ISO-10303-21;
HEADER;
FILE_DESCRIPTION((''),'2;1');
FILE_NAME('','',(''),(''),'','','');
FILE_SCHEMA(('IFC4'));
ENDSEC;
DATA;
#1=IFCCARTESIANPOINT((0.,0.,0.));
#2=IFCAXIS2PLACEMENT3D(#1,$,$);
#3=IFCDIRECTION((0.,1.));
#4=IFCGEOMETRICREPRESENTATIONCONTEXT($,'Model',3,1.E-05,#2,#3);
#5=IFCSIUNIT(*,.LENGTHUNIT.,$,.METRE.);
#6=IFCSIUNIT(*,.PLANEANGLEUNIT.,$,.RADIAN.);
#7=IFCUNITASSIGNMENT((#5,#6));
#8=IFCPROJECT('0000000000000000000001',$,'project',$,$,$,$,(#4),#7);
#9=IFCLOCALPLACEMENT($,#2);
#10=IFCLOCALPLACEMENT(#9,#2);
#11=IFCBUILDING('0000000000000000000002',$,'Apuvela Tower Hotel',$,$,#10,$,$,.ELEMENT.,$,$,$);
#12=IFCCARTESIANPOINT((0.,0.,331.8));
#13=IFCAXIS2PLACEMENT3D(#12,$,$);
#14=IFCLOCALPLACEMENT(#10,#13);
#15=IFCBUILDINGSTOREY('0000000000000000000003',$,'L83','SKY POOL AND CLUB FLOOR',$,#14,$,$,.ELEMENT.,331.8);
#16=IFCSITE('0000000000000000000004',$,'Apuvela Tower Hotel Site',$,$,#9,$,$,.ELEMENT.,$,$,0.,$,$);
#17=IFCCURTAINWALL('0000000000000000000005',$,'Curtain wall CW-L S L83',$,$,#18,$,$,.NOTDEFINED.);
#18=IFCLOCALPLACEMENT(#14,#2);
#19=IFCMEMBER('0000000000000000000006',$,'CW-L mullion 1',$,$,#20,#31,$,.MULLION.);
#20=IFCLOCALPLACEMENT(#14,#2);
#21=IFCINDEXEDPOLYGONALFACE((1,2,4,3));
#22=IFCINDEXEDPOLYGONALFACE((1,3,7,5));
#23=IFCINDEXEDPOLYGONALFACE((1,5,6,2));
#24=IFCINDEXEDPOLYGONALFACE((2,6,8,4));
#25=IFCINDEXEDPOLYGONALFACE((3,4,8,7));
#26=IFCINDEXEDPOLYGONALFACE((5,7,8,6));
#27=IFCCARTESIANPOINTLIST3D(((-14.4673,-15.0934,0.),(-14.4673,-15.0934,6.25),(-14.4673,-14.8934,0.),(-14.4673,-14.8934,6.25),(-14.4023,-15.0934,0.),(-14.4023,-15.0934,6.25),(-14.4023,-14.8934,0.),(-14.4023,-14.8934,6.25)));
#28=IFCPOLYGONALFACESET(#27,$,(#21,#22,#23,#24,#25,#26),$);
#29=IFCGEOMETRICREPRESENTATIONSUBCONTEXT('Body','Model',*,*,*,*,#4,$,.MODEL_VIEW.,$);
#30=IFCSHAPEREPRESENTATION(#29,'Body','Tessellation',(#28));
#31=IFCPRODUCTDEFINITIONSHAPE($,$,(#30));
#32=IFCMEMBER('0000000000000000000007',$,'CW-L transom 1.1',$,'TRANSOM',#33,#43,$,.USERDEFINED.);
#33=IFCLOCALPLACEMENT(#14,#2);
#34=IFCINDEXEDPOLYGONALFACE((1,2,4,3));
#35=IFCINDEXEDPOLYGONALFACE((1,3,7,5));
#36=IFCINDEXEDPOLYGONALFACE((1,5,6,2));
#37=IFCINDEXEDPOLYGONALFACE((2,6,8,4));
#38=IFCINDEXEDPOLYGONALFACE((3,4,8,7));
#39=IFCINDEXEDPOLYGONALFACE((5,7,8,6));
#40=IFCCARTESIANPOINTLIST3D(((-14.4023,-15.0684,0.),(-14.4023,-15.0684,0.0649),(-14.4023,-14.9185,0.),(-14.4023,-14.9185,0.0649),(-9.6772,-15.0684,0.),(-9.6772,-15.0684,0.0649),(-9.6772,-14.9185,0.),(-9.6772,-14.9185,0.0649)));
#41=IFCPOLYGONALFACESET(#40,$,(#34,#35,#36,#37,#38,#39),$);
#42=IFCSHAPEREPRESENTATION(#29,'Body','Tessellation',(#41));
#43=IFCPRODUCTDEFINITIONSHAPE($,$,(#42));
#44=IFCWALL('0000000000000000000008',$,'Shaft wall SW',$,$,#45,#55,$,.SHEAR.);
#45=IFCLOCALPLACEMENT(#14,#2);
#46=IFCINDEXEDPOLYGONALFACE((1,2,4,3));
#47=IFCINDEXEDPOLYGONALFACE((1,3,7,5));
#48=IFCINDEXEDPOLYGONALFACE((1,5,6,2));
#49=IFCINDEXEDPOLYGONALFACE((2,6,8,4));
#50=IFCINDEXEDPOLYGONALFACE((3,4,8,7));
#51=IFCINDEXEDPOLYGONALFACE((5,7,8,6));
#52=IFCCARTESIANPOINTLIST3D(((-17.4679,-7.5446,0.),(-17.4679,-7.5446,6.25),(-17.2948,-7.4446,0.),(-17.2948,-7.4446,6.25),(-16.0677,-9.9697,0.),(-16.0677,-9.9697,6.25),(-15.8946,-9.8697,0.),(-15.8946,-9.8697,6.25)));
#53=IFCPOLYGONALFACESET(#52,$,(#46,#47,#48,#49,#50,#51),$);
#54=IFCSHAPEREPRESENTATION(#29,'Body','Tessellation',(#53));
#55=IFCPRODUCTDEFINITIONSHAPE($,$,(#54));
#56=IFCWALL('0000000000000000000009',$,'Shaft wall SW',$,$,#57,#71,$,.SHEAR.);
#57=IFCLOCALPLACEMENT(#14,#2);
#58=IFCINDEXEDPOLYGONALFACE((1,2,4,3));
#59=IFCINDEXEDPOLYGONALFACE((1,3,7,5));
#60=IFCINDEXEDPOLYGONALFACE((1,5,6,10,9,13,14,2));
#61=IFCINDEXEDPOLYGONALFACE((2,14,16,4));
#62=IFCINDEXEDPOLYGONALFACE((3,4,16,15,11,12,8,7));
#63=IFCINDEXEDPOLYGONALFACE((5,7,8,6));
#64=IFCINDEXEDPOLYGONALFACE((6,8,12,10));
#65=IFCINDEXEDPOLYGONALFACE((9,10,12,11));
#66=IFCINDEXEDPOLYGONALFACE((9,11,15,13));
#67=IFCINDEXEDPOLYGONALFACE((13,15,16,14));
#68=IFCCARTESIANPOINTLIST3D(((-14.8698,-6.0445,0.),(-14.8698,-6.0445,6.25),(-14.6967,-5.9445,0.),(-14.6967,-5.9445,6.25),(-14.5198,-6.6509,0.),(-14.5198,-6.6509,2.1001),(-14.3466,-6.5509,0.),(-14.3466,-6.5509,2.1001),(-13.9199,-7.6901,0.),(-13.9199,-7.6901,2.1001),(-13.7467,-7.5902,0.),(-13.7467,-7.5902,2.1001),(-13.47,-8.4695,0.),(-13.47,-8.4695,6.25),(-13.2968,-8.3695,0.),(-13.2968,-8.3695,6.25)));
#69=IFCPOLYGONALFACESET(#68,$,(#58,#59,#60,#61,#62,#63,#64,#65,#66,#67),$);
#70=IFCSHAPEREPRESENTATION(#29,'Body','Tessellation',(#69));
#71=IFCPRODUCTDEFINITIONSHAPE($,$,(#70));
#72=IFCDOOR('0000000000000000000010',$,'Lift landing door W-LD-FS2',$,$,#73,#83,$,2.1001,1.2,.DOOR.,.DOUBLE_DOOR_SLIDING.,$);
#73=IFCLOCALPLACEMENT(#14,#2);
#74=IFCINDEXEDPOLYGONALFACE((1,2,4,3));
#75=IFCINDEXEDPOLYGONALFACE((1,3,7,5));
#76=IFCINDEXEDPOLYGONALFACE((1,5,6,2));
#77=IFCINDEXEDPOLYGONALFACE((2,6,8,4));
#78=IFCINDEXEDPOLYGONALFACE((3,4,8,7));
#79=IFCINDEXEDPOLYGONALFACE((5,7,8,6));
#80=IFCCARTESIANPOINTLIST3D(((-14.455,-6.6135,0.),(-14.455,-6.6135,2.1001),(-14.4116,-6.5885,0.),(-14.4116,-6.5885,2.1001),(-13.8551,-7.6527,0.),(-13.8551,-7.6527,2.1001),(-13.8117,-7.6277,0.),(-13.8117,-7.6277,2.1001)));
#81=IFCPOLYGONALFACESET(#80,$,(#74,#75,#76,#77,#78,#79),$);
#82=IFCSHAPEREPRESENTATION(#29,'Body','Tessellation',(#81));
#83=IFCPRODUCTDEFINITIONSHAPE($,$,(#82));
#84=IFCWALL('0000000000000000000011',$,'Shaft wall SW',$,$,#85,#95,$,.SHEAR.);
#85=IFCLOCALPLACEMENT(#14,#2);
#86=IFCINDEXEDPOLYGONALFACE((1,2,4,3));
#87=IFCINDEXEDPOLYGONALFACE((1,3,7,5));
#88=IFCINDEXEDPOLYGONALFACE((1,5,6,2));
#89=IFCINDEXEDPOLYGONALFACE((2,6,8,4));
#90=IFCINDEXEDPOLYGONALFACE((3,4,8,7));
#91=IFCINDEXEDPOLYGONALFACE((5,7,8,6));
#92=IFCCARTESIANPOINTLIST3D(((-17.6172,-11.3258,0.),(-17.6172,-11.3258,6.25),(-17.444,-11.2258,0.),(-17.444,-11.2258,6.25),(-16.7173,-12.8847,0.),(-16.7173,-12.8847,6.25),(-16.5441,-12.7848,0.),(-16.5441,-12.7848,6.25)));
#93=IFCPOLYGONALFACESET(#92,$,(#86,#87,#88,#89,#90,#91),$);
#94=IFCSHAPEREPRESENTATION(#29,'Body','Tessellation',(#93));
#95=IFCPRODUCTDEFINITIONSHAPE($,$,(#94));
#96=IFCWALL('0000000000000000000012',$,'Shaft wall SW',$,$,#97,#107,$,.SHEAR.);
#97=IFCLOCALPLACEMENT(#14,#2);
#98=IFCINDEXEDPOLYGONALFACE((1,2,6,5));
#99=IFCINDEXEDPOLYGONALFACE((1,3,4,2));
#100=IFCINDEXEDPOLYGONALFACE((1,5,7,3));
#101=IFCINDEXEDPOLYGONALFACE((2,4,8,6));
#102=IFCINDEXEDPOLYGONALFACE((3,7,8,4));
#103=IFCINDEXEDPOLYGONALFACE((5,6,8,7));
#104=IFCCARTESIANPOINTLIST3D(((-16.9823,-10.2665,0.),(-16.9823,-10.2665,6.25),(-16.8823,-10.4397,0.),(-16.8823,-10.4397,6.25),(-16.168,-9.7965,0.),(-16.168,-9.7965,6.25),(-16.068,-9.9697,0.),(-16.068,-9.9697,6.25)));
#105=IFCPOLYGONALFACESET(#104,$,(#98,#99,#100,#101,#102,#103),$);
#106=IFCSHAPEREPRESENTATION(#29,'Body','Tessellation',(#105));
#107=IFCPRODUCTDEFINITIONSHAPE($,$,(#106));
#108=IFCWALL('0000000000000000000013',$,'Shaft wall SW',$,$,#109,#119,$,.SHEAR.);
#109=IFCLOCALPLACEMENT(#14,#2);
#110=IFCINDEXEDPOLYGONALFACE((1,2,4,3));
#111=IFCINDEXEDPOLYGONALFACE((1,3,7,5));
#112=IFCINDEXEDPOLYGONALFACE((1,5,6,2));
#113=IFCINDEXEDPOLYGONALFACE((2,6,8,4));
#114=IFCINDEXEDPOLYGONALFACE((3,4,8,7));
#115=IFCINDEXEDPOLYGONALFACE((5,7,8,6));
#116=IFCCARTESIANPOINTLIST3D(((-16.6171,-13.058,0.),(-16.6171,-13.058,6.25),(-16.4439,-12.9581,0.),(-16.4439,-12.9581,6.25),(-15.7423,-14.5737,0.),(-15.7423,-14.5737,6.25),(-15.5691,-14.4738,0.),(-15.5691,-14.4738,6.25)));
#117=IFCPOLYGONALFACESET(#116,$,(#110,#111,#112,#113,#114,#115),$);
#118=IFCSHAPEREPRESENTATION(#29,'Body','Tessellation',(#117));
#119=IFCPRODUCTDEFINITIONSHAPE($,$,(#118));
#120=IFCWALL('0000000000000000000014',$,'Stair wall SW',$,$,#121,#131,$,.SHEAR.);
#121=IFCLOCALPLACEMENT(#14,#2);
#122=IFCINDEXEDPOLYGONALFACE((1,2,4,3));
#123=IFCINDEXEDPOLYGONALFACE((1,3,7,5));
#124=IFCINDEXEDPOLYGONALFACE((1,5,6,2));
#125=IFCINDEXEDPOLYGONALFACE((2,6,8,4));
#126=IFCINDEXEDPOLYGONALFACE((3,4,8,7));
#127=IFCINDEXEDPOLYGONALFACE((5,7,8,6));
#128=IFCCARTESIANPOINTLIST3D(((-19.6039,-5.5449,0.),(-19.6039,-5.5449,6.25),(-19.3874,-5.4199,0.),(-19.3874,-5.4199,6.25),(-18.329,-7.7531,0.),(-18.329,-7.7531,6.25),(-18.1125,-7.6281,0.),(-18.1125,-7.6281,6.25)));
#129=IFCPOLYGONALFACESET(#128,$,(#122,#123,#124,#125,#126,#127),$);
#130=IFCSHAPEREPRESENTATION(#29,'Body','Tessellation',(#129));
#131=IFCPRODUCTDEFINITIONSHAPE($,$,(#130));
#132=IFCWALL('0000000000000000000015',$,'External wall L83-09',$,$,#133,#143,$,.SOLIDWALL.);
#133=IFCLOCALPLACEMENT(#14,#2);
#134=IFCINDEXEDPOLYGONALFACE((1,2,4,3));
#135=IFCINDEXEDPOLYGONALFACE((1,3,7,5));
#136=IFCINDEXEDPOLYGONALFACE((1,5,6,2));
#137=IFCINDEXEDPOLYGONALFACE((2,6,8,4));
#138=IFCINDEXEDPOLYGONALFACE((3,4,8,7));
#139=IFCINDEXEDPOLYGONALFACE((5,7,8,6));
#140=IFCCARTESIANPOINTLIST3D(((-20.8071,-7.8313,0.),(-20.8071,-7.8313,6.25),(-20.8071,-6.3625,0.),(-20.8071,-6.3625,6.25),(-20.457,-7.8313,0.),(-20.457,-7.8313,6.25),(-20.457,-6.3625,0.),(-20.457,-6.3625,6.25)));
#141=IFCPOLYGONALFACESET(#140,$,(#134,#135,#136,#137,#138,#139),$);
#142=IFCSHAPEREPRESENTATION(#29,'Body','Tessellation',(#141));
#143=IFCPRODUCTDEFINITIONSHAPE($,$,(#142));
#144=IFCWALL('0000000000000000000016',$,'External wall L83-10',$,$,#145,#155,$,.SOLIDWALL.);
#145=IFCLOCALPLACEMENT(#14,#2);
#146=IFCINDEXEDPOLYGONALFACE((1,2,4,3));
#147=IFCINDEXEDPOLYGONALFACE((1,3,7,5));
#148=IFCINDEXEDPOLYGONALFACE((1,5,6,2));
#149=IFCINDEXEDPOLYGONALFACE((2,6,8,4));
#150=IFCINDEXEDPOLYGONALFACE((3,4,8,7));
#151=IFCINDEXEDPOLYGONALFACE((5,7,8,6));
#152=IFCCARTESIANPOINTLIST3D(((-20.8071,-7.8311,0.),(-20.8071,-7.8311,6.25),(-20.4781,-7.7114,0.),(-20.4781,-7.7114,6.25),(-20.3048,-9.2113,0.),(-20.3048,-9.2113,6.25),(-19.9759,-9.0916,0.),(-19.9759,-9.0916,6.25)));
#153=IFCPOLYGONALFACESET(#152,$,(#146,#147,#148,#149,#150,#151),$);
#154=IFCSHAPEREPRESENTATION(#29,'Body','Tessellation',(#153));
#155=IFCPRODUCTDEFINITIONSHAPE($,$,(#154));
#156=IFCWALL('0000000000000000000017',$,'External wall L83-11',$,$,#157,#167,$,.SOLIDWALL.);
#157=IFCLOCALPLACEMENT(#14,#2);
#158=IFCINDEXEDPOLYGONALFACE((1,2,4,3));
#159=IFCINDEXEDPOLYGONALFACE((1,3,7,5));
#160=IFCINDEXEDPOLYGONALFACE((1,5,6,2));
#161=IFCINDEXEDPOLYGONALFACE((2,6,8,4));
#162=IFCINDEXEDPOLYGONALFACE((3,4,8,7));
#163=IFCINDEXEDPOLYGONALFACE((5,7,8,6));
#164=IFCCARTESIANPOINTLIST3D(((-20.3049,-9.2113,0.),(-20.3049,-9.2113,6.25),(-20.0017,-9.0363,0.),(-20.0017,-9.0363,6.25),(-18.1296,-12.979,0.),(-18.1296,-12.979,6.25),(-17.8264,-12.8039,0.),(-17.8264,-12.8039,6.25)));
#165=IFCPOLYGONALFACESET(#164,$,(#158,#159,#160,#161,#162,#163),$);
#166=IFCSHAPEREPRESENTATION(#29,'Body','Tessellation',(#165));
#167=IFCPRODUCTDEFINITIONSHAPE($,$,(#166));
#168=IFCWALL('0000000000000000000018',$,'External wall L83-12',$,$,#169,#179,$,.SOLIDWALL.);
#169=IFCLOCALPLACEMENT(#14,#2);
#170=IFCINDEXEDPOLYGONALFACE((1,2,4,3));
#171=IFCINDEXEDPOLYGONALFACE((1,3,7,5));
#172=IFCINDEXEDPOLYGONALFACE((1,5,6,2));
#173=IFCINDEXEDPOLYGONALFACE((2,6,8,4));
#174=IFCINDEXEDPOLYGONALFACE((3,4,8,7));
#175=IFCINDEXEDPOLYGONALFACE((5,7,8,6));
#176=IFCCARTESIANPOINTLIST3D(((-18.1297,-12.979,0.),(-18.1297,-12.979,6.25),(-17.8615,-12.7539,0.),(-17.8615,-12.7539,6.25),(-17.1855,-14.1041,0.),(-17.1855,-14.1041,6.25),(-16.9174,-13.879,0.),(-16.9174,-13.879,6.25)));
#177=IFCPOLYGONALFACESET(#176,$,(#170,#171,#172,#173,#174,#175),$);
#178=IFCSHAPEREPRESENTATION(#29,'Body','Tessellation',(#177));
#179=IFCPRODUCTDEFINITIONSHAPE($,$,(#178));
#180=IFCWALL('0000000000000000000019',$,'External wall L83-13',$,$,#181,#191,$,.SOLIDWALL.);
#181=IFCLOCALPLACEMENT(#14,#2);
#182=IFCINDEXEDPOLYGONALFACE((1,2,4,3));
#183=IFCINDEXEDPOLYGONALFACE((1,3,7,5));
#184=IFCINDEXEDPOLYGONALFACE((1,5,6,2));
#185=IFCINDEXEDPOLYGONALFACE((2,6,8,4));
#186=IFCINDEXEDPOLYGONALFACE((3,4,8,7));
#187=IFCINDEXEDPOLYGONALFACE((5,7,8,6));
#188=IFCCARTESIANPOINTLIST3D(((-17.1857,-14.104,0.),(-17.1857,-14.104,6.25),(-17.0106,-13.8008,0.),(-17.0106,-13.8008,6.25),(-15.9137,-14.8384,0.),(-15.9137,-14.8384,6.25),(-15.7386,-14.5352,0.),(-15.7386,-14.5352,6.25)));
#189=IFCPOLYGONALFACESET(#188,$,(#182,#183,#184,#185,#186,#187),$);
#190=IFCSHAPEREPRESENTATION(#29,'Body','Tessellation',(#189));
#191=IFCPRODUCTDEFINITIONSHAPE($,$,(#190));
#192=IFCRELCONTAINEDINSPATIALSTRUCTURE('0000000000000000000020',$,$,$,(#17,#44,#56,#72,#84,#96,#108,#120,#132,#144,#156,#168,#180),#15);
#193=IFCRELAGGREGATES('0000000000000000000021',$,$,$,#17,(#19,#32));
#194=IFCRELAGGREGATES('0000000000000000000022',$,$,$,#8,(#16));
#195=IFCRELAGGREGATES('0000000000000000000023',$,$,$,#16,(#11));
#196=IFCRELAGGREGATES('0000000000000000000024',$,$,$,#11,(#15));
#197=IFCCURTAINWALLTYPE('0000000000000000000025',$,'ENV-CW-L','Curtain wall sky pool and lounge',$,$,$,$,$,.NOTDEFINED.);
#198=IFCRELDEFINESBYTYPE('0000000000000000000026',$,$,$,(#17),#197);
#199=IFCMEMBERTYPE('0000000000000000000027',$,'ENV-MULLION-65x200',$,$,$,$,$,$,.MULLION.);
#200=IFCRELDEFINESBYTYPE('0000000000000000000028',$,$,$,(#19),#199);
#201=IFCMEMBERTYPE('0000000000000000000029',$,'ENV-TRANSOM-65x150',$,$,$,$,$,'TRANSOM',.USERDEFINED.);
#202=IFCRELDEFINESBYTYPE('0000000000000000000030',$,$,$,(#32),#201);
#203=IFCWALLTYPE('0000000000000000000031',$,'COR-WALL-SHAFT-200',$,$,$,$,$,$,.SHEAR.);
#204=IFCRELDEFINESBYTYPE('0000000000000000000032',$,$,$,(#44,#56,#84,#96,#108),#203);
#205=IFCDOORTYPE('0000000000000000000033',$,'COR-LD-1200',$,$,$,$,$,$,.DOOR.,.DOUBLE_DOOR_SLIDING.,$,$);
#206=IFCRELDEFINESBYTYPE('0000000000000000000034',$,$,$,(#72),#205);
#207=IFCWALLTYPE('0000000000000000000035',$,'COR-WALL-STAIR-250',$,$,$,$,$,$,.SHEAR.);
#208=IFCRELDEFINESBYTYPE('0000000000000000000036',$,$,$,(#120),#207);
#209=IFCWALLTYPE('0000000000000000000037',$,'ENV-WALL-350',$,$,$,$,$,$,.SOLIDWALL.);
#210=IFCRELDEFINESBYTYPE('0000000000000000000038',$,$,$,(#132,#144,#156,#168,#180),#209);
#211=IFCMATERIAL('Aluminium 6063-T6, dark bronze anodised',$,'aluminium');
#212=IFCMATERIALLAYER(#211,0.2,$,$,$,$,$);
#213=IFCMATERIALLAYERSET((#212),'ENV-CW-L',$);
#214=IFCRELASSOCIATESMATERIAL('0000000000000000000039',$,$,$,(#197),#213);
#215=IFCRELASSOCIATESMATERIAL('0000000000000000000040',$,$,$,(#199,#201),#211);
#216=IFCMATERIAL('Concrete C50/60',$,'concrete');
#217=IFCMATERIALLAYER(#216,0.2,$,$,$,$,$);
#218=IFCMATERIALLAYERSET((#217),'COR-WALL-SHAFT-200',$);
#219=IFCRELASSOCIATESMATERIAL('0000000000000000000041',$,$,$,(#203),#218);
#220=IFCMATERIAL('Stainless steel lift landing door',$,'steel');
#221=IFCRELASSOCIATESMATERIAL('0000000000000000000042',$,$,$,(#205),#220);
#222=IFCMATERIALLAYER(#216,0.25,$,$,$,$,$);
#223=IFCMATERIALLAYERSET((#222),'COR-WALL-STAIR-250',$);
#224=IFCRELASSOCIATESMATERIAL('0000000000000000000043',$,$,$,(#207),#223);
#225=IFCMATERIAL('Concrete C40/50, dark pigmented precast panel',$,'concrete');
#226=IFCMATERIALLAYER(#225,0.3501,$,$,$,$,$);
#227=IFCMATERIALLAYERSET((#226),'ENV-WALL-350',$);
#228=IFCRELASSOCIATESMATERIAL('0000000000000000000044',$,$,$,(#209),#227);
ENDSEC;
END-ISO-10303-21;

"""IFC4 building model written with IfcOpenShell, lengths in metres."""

from ifc_helpers import new_model, si_unit, direction, frame, frame_2d, origin, origin_2d, place, context, subcontext, project, spatial, rectangle, extrude, material, layer, layer_set, material_profile, profile_set, type_object, element, fill, aggregate, save


model = new_model("IFC4")

# Units and contexts
model_context = context("Model", 3, precision=1e-05, world=origin(), true_north=direction((0.0, 1.0)))
body_context = subcontext(model_context, "Body", "Model", "MODEL_VIEW")
ifc_project = project(units=[si_unit("LENGTHUNIT", "METRE"), si_unit("PLANEANGLEUNIT", "RADIAN")], contexts=[model_context])

# Site, building, storey
site_placement = place(None, origin())
site = spatial("IfcSite", under=ifc_project, at=site_placement, Name="Apuvela Tower Hotel Site", CompositionType="ELEMENT", RefElevation=0.0)
building_placement = place(site_placement, origin())
building = spatial("IfcBuilding", under=site, at=building_placement, Name="Apuvela Tower Hotel", CompositionType="ELEMENT")
storey_placement = place(building_placement, frame((0.0, 0.0, 331.8)))
storey = spatial("IfcBuildingStorey", under=building, at=storey_placement, Name="L83", Description="SKY POOL AND CLUB FLOOR", CompositionType="ELEMENT", Elevation=331.8)

# Curtain wall, members
ifc_material_1 = material(Name="Aluminium 6063-T6, dark bronze anodised", Category="aluminium")
ifc_layer_1 = layer(ifc_material_1, 0.2)
ifc_layer_set_1 = layer_set([ifc_layer_1], Name="ENV-CW-L")
curtain_wall_type = type_object("IfcCurtainWallType", Name="ENV-CW-L", Description="Curtain wall sky pool and lounge", PredefinedType="NOTDEFINED", material=ifc_layer_set_1)
curtain_wall_placement = place(storey_placement, origin())
curtain_wall = element("IfcCurtainWall", 1, at=curtain_wall_placement, inside=storey, type_object=curtain_wall_type, Name="Curtain wall CW-L S L83", PredefinedType="NOTDEFINED")
ifc_material_profile_1 = material_profile(ifc_material_1, rectangle(XDim=0.2, YDim=0.0649, at=origin_2d()), Name="AL 65x200")
ifc_profile_set_1 = profile_set([ifc_material_profile_1], Name="Aluminium 6063-T6, dark bronze anodised")
member_type_1 = type_object("IfcMemberType", Name="ENV-MULLION-65x200", PredefinedType="MULLION", material=ifc_profile_set_1)
member_1_placement = place(storey_placement, frame((-14.4348, -14.9934, 0.0), z_axis=(0.0, 0.0, 1.0), x_axis=(0.0, 1.0, 0.0)))
member_1 = element("IfcMember", 2, at=member_1_placement, type_object=member_type_1, Name="CW-L mullion 1", PredefinedType="MULLION", context=body_context, shape_type="SweptSolid", body=[
    extrude(rectangle(XDim=0.2, YDim=0.0649, at=origin_2d()), origin(), (0.0, 0.0, 1.0), 6.25),
])
ifc_material_profile_2 = material_profile(ifc_material_1, rectangle(XDim=0.1499, YDim=0.0649, at=origin_2d()), Name="AL 65x150 transom")
ifc_profile_set_2 = profile_set([ifc_material_profile_2], Name="Aluminium 6063-T6, dark bronze anodised")
member_type_2 = type_object("IfcMemberType", Name="ENV-TRANSOM-65x150", ElementType="TRANSOM", PredefinedType="USERDEFINED", material=ifc_profile_set_2)
member_2_placement = place(storey_placement, frame((-14.4023, -14.9934, 0.0325), z_axis=(1.0, 0.0, 0.0), x_axis=(0.0, 1.0, 0.0)))
member_2 = element("IfcMember", 3, at=member_2_placement, type_object=member_type_2, Name="CW-L transom 1.1", ObjectType="TRANSOM", PredefinedType="USERDEFINED", context=body_context, shape_type="SweptSolid", body=[
    extrude(rectangle(XDim=0.1499, YDim=0.0649, at=origin_2d()), origin(), (0.0, 0.0, 1.0), 4.7251),
])
aggregate(curtain_wall, [member_1, member_2])

# Wall
ifc_material_2 = material(Name="Concrete C50/60", Category="concrete")
ifc_layer_2 = layer(ifc_material_2, 0.2)
ifc_layer_set_2 = layer_set([ifc_layer_2], Name="COR-WALL-SHAFT-200")
wall_type_1 = type_object("IfcWallType", Name="COR-WALL-SHAFT-200", PredefinedType="SHEAR", material=ifc_layer_set_2)
wall_1_placement = place(storey_placement, frame((-17.3813, -7.4946, 0.0), z_axis=(0.0, 0.0, 1.0), x_axis=(0.500012, -0.866019, 0.0)))
element("IfcWall", 4, at=wall_1_placement, inside=storey, type_object=wall_type_1, Name="Shaft wall SW", PredefinedType="SHEAR", context=body_context, shape_type="SweptSolid", body=[
    extrude(rectangle(XDim=2.8003, YDim=0.2, at=frame_2d((1.4001, 0.0))), origin(), (0.0, 0.0, 1.0), 6.25),
])

# Wall, opening, door
wall_2_placement = place(storey_placement, frame((-14.7832, -5.9946, 0.0), z_axis=(0.0, 0.0, 1.0), x_axis=(0.499946, -0.866056, 0.0)))
wall_2 = element("IfcWall", 5, at=wall_2_placement, inside=storey, type_object=wall_type_1, Name="Shaft wall SW", PredefinedType="SHEAR", context=body_context, shape_type="SweptSolid", body=[
    extrude(rectangle(XDim=2.8, YDim=0.2, at=frame_2d((1.3999, 0.0))), origin(), (0.0, 0.0, 1.0), 6.25),
])
opening_placement = place(wall_2_placement, frame((0.7, 0.0, 0.0)))
opening = element("IfcOpeningElement", 6, at=opening_placement, cuts=wall_2, PredefinedType="OPENING", context=body_context, shape_type="SweptSolid", body=[
    extrude(rectangle(XDim=1.2, YDim=2.1001, at=frame_2d((0.6001, 1.05))), frame((0.0, 0.1099, 0.0), z_axis=(0.0, -1.0, 0.0), x_axis=(1.0, 0.0, 0.0)), (0.0, 0.0, 1.0), 0.22),
])
ifc_material_3 = material(Name="Stainless steel lift landing door", Category="steel")
door_type = type_object("IfcDoorType", Name="COR-LD-1200", OperationType="DOUBLE_DOOR_SLIDING", PredefinedType="DOOR", material=ifc_material_3)
door_placement = place(opening_placement, origin())
door = element("IfcDoor", 7, at=door_placement, inside=storey, type_object=door_type, Name="Lift landing door W-LD-FS2", OperationType="DOUBLE_DOOR_SLIDING", OverallHeight=2.1001, OverallWidth=1.2, PredefinedType="DOOR", context=body_context, shape_type="SweptSolid", body=[
    extrude(rectangle(XDim=1.2, YDim=2.1001, at=frame_2d((0.6001, 1.05))), frame((0.0, 0.0249, 0.0), z_axis=(0.0, -1.0, 0.0), x_axis=(1.0, 0.0, 0.0)), (0.0, 0.0, 1.0), 0.05),
])
fill(opening, door)

# Walls
wall_3_placement = place(storey_placement, frame((-17.5305, -11.2759, 0.0), z_axis=(0.0, 0.0, 1.0), x_axis=(0.499902, -0.866082, 0.0)))
element("IfcWall", 8, at=wall_3_placement, inside=storey, type_object=wall_type_1, Name="Shaft wall SW", PredefinedType="SHEAR", context=body_context, shape_type="SweptSolid", body=[
    extrude(rectangle(XDim=1.8, YDim=0.2, at=frame_2d((0.8999, 0.0))), origin(), (0.0, 0.0, 1.0), 6.25),
])
wall_4_placement = place(storey_placement, frame((-16.1179, -9.8831, 0.0), z_axis=(0.0, 0.0, 1.0), x_axis=(-0.866077, -0.49991, 0.0)))
element("IfcWall", 9, at=wall_4_placement, inside=storey, type_object=wall_type_1, Name="Shaft wall SW", PredefinedType="SHEAR", context=body_context, shape_type="SweptSolid", body=[
    extrude(rectangle(XDim=0.9402, YDim=0.2, at=frame_2d((0.4702, 0.0))), origin(), (0.0, 0.0, 1.0), 6.25),
])
wall_5_placement = place(storey_placement, frame((-16.5305, -13.0081, 0.0), z_axis=(0.0, 0.0, 1.0), x_axis=(0.499875, -0.866097, 0.0)))
element("IfcWall", 10, at=wall_5_placement, inside=storey, type_object=wall_type_1, Name="Shaft wall SW", PredefinedType="SHEAR", context=body_context, shape_type="SweptSolid", body=[
    extrude(rectangle(XDim=1.75, YDim=0.2, at=frame_2d((0.875, 0.0))), origin(), (0.0, 0.0, 1.0), 6.25),
])
ifc_layer_3 = layer(ifc_material_2, 0.25)
ifc_layer_set_3 = layer_set([ifc_layer_3], Name="COR-WALL-STAIR-250")
wall_type_2 = type_object("IfcWallType", Name="COR-WALL-STAIR-250", PredefinedType="SHEAR", material=ifc_layer_set_3)
wall_6_placement = place(storey_placement, frame((-19.4956, -5.4824, 0.0), z_axis=(0.0, 0.0, 1.0), x_axis=(0.49999, -0.866031, 0.0)))
element("IfcWall", 11, at=wall_6_placement, inside=storey, type_object=wall_type_2, Name="Stair wall SW", PredefinedType="SHEAR", context=body_context, shape_type="SweptSolid", body=[
    extrude(rectangle(XDim=2.5498, YDim=0.25, at=frame_2d((1.2749, 0.0))), origin(), (0.0, 0.0, 1.0), 6.25),
])
ifc_material_4 = material(Name="Concrete C40/50, dark pigmented precast panel", Category="concrete")
ifc_layer_4 = layer(ifc_material_4, 0.3501)
ifc_layer_set_4 = layer_set([ifc_layer_4], Name="ENV-WALL-350")
wall_type_3 = type_object("IfcWallType", Name="ENV-WALL-350", PredefinedType="SOLIDWALL", material=ifc_layer_set_4)
for number, where, z_axis, x_axis, name in (
    (12, (-20.6321, -6.3625, 0.0), (0.0, 0.0, 1.0), (0.0, -1.0, 0.0), "External wall L83-09"),
    (13, (-20.6426, -7.7712, 0.0), (0.0, 0.0, 1.0), (0.341943, -0.939721, 0.0), "External wall L83-10"),
):
    element("IfcWall", number, at=place(storey_placement, frame(where, z_axis=z_axis, x_axis=x_axis)), inside=storey, type_object=wall_type_3, Name=name, PredefinedType="SOLIDWALL", context=body_context, shape_type="SweptSolid", body=[
        extrude(rectangle(XDim=1.4688, YDim=0.3501, at=frame_2d((0.7344, 0.0))), origin(), (0.0, 0.0, 1.0), 6.25),
    ])
wall_7_placement = place(storey_placement, frame((-20.1533, -9.1238, 0.0), z_axis=(0.0, 0.0, 1.0), x_axis=(0.500014, -0.866017, 0.0)))
element("IfcWall", 14, at=wall_7_placement, inside=storey, type_object=wall_type_3, Name="External wall L83-11", PredefinedType="SOLIDWALL", context=body_context, shape_type="SweptSolid", body=[
    extrude(rectangle(XDim=4.3506, YDim=0.3501, at=frame_2d((2.1753, 0.0))), origin(), (0.0, 0.0, 1.0), 6.25),
])
for number, where, z_axis, x_axis, name in (
    (15, (-17.9956, -12.8665, 0.0), (0.0, 0.0, 1.0), (0.642829, -0.766009, 0.0), "External wall L83-12"),
    (16, (-17.0981, -13.9524, 0.0), (0.0, 0.0, 1.0), (0.866025, -0.500001, 0.0), "External wall L83-13"),
):
    element("IfcWall", number, at=place(storey_placement, frame(where, z_axis=z_axis, x_axis=x_axis)), inside=storey, type_object=wall_type_3, Name=name, PredefinedType="SOLIDWALL", context=body_context, shape_type="SweptSolid", body=[
        extrude(rectangle(XDim=1.4688, YDim=0.3501, at=frame_2d((0.7344, 0.0))), origin(), (0.0, 0.0, 1.0), 6.25),
    ])

save(model, "model.ifc")
